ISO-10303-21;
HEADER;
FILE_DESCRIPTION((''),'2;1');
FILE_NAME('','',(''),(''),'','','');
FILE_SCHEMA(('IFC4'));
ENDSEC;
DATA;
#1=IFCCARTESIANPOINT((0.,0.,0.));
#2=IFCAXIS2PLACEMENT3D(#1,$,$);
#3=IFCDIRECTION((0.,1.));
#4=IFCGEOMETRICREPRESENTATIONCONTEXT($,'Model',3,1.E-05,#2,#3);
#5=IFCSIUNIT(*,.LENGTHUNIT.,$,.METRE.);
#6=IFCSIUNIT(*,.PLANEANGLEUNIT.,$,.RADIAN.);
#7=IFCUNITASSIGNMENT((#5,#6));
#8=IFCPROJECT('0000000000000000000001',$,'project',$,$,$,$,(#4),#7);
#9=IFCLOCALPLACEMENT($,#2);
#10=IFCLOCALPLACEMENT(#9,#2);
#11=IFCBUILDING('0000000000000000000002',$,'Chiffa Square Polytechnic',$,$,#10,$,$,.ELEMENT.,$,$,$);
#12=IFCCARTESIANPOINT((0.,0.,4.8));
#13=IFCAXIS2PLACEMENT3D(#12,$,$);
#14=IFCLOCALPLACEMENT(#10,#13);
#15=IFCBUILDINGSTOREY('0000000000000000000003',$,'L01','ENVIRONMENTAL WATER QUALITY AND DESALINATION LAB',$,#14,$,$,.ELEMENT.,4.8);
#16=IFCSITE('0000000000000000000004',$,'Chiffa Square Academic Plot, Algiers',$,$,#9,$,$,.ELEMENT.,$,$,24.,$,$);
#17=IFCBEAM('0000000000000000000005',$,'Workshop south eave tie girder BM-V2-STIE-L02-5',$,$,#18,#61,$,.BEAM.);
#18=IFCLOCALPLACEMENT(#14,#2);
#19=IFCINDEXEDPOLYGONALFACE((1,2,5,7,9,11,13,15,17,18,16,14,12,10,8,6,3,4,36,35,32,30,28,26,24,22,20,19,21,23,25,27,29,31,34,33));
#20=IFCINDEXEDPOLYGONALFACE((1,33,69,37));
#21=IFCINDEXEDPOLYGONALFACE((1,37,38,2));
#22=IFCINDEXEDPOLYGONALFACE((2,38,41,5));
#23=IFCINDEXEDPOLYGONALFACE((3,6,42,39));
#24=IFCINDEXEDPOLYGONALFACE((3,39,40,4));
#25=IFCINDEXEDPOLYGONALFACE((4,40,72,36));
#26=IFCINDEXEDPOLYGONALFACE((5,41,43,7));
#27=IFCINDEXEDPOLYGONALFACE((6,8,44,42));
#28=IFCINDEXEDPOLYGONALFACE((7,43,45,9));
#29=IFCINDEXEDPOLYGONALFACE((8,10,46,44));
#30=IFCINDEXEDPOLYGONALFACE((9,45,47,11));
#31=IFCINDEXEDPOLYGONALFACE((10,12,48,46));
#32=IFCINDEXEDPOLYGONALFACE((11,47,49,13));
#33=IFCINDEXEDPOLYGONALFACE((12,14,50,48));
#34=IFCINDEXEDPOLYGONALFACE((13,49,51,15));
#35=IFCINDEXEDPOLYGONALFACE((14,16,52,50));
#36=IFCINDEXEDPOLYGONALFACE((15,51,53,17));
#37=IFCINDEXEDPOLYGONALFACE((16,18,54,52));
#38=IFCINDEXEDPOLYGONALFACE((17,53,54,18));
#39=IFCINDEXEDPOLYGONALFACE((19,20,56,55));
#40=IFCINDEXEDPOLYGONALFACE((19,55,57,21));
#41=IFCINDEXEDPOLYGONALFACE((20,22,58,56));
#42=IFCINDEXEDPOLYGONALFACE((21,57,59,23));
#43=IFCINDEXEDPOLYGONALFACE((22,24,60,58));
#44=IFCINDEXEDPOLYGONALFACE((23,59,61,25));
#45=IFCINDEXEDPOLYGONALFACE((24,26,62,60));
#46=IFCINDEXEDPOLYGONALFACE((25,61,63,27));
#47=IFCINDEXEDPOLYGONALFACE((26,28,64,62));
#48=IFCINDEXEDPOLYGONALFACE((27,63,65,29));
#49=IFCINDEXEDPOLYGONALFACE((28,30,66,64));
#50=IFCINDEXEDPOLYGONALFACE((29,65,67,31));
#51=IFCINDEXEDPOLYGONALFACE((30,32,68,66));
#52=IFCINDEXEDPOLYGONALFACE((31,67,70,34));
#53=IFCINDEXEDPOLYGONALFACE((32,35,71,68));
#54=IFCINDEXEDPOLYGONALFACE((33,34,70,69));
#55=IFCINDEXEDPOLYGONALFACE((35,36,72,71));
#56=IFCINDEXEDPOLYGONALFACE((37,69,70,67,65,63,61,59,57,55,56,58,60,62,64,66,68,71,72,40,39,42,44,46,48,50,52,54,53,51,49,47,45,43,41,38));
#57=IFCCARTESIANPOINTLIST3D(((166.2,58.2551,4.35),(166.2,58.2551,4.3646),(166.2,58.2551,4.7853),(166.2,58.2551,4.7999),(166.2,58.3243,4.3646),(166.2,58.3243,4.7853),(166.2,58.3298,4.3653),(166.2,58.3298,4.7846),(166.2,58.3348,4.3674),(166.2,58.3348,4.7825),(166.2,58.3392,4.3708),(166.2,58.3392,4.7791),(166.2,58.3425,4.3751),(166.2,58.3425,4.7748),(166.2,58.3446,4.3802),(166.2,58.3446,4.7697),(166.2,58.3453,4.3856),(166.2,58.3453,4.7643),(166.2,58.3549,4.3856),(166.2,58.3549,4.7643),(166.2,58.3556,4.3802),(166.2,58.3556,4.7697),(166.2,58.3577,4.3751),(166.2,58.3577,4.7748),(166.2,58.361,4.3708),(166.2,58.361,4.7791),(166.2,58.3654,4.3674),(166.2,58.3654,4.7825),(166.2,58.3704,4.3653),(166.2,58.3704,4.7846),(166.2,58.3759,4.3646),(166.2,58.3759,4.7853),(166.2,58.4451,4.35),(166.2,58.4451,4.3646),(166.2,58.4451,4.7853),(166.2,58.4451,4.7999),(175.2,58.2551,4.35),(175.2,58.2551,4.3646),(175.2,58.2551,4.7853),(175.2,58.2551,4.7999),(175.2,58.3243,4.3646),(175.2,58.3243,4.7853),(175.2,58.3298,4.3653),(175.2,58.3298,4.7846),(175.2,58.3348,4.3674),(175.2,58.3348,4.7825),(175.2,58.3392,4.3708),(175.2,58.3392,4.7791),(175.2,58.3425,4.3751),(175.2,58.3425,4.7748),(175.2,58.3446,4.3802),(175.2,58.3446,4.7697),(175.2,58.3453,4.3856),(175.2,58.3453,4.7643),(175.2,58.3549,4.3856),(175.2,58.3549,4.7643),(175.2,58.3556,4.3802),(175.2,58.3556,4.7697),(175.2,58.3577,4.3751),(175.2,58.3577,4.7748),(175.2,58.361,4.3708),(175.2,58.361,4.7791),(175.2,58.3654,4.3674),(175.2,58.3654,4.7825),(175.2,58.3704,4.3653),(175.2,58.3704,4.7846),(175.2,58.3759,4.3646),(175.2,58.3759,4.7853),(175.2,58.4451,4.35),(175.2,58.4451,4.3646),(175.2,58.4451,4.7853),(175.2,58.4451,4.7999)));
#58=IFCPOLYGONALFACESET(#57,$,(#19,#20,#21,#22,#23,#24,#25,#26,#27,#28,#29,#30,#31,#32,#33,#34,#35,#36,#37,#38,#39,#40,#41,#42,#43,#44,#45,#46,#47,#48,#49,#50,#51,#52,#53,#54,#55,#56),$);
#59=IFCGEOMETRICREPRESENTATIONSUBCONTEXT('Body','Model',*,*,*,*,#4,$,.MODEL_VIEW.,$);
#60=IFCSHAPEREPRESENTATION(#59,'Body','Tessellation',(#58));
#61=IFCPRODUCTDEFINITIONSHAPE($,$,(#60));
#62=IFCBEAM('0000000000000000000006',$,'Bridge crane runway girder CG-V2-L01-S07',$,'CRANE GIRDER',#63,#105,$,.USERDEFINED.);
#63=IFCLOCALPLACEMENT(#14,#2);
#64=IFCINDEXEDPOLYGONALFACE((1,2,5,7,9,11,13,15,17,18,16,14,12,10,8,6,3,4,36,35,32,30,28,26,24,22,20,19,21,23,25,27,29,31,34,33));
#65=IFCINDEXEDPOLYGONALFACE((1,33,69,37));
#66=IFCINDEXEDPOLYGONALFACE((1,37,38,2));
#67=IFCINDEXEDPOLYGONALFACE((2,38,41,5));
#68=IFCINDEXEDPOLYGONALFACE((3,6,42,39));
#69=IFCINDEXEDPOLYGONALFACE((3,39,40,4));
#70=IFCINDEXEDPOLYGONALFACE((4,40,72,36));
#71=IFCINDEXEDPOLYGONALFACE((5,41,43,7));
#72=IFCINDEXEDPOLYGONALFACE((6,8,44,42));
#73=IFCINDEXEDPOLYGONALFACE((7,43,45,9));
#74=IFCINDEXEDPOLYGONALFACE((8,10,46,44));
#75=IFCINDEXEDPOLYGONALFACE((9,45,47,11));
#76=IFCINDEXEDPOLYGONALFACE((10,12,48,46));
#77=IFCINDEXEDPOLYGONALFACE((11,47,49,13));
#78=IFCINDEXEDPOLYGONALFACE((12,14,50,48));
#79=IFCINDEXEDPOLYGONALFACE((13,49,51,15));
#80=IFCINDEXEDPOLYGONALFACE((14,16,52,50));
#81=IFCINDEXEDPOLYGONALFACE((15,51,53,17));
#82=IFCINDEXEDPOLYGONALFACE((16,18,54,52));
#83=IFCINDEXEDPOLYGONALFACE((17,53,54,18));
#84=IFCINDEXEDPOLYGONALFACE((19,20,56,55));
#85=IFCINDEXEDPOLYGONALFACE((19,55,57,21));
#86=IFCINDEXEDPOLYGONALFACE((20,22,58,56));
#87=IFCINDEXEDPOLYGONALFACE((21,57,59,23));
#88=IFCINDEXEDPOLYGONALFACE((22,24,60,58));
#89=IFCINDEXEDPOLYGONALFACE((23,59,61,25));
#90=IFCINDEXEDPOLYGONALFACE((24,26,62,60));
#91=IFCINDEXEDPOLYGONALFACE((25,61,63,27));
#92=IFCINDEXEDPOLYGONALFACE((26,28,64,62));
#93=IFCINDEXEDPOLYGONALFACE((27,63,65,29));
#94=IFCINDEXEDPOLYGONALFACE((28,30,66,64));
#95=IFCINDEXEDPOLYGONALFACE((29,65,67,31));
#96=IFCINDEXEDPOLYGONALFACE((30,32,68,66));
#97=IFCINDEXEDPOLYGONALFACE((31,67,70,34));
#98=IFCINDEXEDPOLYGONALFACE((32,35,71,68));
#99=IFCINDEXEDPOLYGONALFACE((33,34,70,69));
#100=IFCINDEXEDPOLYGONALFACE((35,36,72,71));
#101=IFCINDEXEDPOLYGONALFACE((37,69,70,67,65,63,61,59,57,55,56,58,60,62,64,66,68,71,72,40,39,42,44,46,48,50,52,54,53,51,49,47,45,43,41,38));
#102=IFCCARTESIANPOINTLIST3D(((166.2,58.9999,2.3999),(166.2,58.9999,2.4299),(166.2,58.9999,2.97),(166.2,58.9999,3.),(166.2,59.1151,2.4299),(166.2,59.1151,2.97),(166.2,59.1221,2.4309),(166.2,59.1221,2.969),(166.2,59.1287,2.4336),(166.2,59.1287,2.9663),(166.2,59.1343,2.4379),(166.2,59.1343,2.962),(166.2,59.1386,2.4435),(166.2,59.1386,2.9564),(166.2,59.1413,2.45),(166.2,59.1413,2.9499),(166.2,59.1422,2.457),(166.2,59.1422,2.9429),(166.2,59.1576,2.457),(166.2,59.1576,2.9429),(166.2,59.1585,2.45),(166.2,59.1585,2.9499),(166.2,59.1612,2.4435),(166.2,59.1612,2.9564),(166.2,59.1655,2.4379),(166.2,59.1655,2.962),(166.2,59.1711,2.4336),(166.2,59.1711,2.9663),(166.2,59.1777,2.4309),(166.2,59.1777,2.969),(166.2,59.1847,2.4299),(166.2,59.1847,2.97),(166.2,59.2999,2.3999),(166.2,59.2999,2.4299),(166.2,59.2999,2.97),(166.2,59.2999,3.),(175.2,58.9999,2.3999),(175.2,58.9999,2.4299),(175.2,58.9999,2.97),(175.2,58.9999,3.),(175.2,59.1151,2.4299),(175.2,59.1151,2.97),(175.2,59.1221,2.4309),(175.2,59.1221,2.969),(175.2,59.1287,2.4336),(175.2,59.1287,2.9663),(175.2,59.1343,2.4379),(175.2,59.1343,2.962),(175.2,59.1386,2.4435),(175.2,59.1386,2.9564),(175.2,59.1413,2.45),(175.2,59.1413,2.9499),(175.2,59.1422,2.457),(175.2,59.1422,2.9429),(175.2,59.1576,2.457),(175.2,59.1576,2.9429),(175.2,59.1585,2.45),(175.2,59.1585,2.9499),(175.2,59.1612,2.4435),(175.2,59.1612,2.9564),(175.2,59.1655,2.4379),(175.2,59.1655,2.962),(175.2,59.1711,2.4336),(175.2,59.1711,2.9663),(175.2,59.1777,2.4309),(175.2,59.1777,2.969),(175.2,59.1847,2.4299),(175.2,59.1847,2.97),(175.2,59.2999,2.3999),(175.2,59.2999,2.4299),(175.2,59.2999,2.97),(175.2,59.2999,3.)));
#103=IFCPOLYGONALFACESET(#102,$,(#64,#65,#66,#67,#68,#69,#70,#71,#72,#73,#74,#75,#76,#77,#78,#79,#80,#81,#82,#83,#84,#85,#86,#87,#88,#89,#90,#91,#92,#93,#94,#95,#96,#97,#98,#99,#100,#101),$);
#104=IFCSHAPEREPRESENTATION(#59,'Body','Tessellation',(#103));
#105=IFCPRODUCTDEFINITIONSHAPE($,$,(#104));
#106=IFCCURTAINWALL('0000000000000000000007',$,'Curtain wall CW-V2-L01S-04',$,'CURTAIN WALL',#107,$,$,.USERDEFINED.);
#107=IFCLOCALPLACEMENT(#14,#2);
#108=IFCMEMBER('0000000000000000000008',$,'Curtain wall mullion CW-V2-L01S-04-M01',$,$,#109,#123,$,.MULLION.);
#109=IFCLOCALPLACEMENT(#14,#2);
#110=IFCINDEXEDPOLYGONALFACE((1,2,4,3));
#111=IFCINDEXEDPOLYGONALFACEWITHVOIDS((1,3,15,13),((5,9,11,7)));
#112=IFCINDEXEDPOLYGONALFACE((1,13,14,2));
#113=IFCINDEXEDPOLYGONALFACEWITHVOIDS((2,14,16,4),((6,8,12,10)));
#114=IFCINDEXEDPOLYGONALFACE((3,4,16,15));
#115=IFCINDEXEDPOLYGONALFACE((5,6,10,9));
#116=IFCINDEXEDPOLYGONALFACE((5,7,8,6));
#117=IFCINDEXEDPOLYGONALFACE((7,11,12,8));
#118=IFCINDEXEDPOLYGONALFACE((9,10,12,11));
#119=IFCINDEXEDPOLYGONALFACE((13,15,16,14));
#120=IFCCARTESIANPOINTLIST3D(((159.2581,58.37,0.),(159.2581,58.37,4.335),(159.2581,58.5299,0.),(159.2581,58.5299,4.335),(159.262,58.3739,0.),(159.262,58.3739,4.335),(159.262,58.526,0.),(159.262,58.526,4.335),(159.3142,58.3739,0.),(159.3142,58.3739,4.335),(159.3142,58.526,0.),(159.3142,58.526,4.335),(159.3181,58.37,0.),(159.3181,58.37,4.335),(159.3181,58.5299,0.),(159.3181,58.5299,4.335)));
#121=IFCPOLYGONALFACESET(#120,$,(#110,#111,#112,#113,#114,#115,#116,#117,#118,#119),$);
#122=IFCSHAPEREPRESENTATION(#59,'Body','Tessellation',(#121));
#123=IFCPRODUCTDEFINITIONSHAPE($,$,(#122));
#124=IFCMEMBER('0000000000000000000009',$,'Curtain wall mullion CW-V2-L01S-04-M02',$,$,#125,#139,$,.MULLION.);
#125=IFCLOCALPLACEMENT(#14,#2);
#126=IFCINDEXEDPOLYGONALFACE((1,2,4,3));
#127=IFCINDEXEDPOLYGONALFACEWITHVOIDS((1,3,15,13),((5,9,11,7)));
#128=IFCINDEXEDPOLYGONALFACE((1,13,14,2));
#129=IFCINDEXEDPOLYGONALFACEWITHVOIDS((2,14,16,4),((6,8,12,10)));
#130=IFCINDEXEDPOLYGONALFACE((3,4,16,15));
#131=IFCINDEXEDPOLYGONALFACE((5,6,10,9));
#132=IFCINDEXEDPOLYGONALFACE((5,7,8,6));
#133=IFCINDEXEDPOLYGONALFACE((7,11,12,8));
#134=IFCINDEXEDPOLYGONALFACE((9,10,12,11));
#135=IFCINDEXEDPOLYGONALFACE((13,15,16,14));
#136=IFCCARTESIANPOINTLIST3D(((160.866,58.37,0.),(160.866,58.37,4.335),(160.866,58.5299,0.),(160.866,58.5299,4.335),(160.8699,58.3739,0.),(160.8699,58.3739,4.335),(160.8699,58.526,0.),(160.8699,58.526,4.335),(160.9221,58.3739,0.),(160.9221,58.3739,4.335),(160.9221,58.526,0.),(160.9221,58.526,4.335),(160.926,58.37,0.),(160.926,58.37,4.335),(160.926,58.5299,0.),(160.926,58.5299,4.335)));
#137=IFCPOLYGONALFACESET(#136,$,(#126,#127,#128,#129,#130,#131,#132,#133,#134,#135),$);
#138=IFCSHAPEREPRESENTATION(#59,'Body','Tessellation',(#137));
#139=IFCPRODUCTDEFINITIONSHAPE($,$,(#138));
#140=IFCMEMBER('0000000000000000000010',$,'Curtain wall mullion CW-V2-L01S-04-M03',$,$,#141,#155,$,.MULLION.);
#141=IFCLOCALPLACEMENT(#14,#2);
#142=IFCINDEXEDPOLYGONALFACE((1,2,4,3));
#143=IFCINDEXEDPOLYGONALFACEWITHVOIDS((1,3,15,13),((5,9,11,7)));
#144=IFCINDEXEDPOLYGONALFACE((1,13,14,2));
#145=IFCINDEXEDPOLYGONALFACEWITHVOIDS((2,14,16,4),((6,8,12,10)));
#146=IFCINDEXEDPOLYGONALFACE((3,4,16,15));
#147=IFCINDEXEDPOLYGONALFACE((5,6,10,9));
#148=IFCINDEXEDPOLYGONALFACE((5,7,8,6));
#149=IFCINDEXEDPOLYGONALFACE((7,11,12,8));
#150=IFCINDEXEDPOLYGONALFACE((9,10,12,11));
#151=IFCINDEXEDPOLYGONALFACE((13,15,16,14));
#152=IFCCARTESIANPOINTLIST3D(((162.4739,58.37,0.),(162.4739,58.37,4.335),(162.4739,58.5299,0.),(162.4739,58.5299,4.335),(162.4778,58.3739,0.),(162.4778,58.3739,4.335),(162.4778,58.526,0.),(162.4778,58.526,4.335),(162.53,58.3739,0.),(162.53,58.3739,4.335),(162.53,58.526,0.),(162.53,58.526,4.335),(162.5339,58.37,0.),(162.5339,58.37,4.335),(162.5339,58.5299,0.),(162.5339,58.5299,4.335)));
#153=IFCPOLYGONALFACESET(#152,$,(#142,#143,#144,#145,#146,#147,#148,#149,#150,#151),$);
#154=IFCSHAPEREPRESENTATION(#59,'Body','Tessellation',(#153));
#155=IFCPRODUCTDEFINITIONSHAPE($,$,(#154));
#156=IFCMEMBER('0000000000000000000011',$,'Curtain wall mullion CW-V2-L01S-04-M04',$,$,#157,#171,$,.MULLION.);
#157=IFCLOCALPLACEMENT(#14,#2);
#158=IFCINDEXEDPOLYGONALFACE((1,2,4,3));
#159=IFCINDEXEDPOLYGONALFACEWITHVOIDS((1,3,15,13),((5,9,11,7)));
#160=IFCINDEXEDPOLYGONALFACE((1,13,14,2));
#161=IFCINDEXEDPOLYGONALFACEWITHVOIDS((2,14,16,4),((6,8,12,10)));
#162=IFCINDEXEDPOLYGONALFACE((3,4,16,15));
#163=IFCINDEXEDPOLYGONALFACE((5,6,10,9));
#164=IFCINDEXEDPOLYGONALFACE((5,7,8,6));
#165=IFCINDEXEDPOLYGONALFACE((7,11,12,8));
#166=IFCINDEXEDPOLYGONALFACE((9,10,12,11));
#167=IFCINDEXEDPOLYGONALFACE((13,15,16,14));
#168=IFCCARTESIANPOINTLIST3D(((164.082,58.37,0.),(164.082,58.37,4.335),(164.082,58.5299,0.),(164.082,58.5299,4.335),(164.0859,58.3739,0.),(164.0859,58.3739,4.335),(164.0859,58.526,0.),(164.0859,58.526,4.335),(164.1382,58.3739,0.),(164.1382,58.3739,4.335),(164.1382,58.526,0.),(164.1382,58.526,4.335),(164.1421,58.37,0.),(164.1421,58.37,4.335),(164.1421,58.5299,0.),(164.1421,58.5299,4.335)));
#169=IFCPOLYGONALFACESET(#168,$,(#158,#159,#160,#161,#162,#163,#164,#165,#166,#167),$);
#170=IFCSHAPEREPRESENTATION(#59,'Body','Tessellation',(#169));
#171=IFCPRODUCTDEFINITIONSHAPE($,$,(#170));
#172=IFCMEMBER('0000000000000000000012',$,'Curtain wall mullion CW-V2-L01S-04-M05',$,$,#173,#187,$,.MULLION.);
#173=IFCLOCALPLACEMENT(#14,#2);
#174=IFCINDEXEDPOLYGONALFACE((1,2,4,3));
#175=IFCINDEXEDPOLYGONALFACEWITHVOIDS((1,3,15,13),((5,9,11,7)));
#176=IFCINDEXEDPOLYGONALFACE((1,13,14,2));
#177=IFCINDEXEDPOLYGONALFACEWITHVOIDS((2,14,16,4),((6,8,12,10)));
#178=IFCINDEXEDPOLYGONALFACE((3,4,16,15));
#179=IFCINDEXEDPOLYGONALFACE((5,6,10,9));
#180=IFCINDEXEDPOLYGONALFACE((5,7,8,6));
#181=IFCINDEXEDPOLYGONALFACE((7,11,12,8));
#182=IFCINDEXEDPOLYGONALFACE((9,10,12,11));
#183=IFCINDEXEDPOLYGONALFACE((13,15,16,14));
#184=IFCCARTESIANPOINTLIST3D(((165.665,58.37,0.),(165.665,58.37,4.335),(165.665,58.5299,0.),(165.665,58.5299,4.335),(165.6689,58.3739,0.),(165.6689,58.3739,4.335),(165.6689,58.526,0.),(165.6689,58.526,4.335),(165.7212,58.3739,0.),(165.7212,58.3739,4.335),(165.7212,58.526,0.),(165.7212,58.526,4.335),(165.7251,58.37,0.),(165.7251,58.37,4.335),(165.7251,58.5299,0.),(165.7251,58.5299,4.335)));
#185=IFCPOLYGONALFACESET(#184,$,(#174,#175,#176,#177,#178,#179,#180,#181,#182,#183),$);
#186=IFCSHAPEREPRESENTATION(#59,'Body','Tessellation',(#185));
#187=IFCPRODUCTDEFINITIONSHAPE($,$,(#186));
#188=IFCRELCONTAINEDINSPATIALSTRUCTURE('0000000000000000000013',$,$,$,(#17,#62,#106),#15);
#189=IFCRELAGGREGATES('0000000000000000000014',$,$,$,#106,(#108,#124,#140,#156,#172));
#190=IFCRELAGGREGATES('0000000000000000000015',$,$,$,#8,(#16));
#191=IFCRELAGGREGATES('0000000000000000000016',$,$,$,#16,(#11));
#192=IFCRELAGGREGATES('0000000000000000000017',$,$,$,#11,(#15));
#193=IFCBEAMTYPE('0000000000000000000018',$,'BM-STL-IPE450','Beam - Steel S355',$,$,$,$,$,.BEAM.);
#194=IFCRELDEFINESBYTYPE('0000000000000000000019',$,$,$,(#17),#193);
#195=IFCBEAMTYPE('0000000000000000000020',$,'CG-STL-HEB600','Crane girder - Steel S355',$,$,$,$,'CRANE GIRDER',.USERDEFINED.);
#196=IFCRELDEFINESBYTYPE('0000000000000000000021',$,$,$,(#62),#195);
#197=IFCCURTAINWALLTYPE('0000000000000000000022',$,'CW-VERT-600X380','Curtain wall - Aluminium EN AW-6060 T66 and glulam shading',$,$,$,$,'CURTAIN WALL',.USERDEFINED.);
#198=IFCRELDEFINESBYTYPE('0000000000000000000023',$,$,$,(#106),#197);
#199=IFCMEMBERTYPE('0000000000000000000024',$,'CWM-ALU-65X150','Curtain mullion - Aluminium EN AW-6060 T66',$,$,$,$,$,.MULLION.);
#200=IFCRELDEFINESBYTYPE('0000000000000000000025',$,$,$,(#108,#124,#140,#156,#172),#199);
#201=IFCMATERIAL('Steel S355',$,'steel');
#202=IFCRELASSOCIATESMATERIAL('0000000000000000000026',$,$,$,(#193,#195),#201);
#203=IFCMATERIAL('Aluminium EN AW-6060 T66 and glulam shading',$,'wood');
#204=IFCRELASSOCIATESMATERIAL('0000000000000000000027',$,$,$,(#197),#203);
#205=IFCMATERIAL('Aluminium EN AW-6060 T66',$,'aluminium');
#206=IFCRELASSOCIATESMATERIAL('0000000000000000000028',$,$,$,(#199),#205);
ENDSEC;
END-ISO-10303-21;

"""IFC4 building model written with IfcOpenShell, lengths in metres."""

from ifc_helpers import new_model, si_unit, direction, frame, origin, origin_2d, place, context, subcontext, project, spatial, hollow_rectangle, i_section, extrude, material, material_profile, profile_set, type_object, element, aggregate, save


model = new_model("IFC4")

# Units and contexts
model_context = context("Model", 3, precision=1e-05, world=origin(), true_north=direction((0.0, 1.0)))
body_context = subcontext(model_context, "Body", "Model", "MODEL_VIEW")
ifc_project = project(units=[si_unit("LENGTHUNIT", "METRE"), si_unit("PLANEANGLEUNIT", "RADIAN")], contexts=[model_context])

# Site, building, storey
site_placement = place(None, origin())
site = spatial("IfcSite", under=ifc_project, at=site_placement, Name="Chiffa Square Academic Plot, Algiers", CompositionType="ELEMENT", RefElevation=24.0)
building_placement = place(site_placement, origin())
building = spatial("IfcBuilding", under=site, at=building_placement, Name="Chiffa Square Polytechnic", CompositionType="ELEMENT")
storey_placement = place(building_placement, frame((0.0, 0.0, 4.8)))
storey = spatial("IfcBuildingStorey", under=building, at=storey_placement, Name="L01", Description="ENVIRONMENTAL WATER QUALITY AND DESALINATION LAB", CompositionType="ELEMENT", Elevation=4.8)

# Shared definitions
ifc_material_1 = material(Name="Steel S355", Category="steel")

# Beams
ifc_material_profile_1 = material_profile(ifc_material_1, i_section(OverallWidth=0.1899, OverallDepth=0.45, WebThickness=0.0095, FlangeThickness=0.0146, FilletRadius=0.021, at=origin_2d()), Name="IPE 450")
ifc_profile_set_1 = profile_set([ifc_material_profile_1], Name="Steel S355")
beam_type_1 = type_object("IfcBeamType", Name="BM-STL-IPE450", Description="Beam - Steel S355", PredefinedType="BEAM", material=ifc_profile_set_1)
for number, where, z_axis, x_axis, name in (
    (1, (166.2, 58.3501, 4.575), (1.0, 0.0, 0.0), (0.0, 1.0, 0.0), "Workshop south eave tie girder BM-V2-STIE-L02-5"),
):
    element("IfcBeam", number, at=place(storey_placement, frame(where, z_axis=z_axis, x_axis=x_axis)), inside=storey, type_object=beam_type_1, Name=name, PredefinedType="BEAM", context=body_context, shape_type="SweptSolid", body=[
        extrude(i_section(OverallWidth=0.1899, OverallDepth=0.45, WebThickness=0.0095, FlangeThickness=0.0146, FilletRadius=0.021, at=origin_2d()), origin(), (0.0, 0.0, 1.0), 9.0),
    ])
ifc_material_profile_2 = material_profile(ifc_material_1, i_section(OverallWidth=0.3, OverallDepth=0.6001, WebThickness=0.0154, FlangeThickness=0.03, FilletRadius=0.0271, at=origin_2d()), Name="HEB 600")
ifc_profile_set_2 = profile_set([ifc_material_profile_2], Name="Steel S355")
beam_type_2 = type_object("IfcBeamType", Name="CG-STL-HEB600", Description="Crane girder - Steel S355", ElementType="CRANE GIRDER", PredefinedType="USERDEFINED", material=ifc_profile_set_2)
beam_placement = place(storey_placement, frame((166.2, 59.1499, 2.7), z_axis=(1.0, 0.0, 0.0), x_axis=(0.0, 1.0, 0.0)))
element("IfcBeam", 2, at=beam_placement, inside=storey, type_object=beam_type_2, Name="Bridge crane runway girder CG-V2-L01-S07", ObjectType="CRANE GIRDER", PredefinedType="USERDEFINED", context=body_context, shape_type="SweptSolid", body=[
    extrude(i_section(OverallWidth=0.3, OverallDepth=0.6001, WebThickness=0.0154, FlangeThickness=0.03, FilletRadius=0.0271, at=origin_2d()), origin(), (0.0, 0.0, 1.0), 9.0),
])

# Curtain wall, members
ifc_material_2 = material(Name="Aluminium EN AW-6060 T66 and glulam shading", Category="wood")
curtain_wall_type = type_object("IfcCurtainWallType", Name="CW-VERT-600X380", Description="Curtain wall - Aluminium EN AW-6060 T66 and glulam shading", ElementType="CURTAIN WALL", PredefinedType="USERDEFINED", material=ifc_material_2)
curtain_wall_placement = place(storey_placement, origin())
curtain_wall = element("IfcCurtainWall", 3, at=curtain_wall_placement, inside=storey, type_object=curtain_wall_type, Name="Curtain wall CW-V2-L01S-04", ObjectType="CURTAIN WALL", PredefinedType="USERDEFINED")
ifc_material_3 = material(Name="Aluminium EN AW-6060 T66", Category="aluminium")
ifc_material_profile_3 = material_profile(ifc_material_3, hollow_rectangle(XDim=0.0601, YDim=0.1599, WallThickness=0.0039, at=origin_2d()), Name="ALU 60x160x4")
ifc_profile_set_3 = profile_set([ifc_material_profile_3], Name="Aluminium EN AW-6060 T66")
member_type_1 = type_object("IfcMemberType", Name="CWM-ALU-65X150", Description="Curtain mullion - Aluminium EN AW-6060 T66", PredefinedType="MULLION", material=ifc_profile_set_3)
member_1_placement = place(storey_placement, frame((159.2881, 58.45, 0.0), z_axis=(0.0, 0.0, 1.0), x_axis=(1.0, 0.0, 0.0)))
member_1 = element("IfcMember", 4, at=member_1_placement, type_object=member_type_1, Name="Curtain wall mullion CW-V2-L01S-04-M01", PredefinedType="MULLION", context=body_context, shape_type="SweptSolid", body=[
    extrude(hollow_rectangle(XDim=0.0601, YDim=0.1599, WallThickness=0.0039, at=origin_2d()), origin(), (0.0, 0.0, 1.0), 4.335),
])
member_2_placement = place(storey_placement, frame((160.896, 58.45, 0.0), z_axis=(0.0, 0.0, 1.0), x_axis=(1.0, 0.0, 0.0)))
member_2 = element("IfcMember", 5, at=member_2_placement, type_object=member_type_1, Name="Curtain wall mullion CW-V2-L01S-04-M02", PredefinedType="MULLION", context=body_context, shape_type="SweptSolid", body=[
    extrude(hollow_rectangle(XDim=0.0601, YDim=0.1599, WallThickness=0.0039, at=origin_2d()), origin(), (0.0, 0.0, 1.0), 4.335),
])
member_3_placement = place(storey_placement, frame((162.5039, 58.45, 0.0), z_axis=(0.0, 0.0, 1.0), x_axis=(1.0, 0.0, 0.0)))
member_3 = element("IfcMember", 6, at=member_3_placement, type_object=member_type_1, Name="Curtain wall mullion CW-V2-L01S-04-M03", PredefinedType="MULLION", context=body_context, shape_type="SweptSolid", body=[
    extrude(hollow_rectangle(XDim=0.0601, YDim=0.1599, WallThickness=0.0039, at=origin_2d()), origin(), (0.0, 0.0, 1.0), 4.335),
])
member_4_placement = place(storey_placement, frame((164.1121, 58.45, 0.0), z_axis=(0.0, 0.0, 1.0), x_axis=(1.0, 0.0, 0.0)))
member_4 = element("IfcMember", 7, at=member_4_placement, type_object=member_type_1, Name="Curtain wall mullion CW-V2-L01S-04-M04", PredefinedType="MULLION", context=body_context, shape_type="SweptSolid", body=[
    extrude(hollow_rectangle(XDim=0.0601, YDim=0.1599, WallThickness=0.0039, at=origin_2d()), origin(), (0.0, 0.0, 1.0), 4.335),
])
member_5_placement = place(storey_placement, frame((165.6951, 58.45, 0.0), z_axis=(0.0, 0.0, 1.0), x_axis=(1.0, 0.0, 0.0)))
member_5 = element("IfcMember", 8, at=member_5_placement, type_object=member_type_1, Name="Curtain wall mullion CW-V2-L01S-04-M05", PredefinedType="MULLION", context=body_context, shape_type="SweptSolid", body=[
    extrude(hollow_rectangle(XDim=0.0601, YDim=0.1599, WallThickness=0.0039, at=origin_2d()), origin(), (0.0, 0.0, 1.0), 4.335),
])
aggregate(curtain_wall, [member_1, member_2, member_3, member_4, member_5])

save(model, "model.ifc")
